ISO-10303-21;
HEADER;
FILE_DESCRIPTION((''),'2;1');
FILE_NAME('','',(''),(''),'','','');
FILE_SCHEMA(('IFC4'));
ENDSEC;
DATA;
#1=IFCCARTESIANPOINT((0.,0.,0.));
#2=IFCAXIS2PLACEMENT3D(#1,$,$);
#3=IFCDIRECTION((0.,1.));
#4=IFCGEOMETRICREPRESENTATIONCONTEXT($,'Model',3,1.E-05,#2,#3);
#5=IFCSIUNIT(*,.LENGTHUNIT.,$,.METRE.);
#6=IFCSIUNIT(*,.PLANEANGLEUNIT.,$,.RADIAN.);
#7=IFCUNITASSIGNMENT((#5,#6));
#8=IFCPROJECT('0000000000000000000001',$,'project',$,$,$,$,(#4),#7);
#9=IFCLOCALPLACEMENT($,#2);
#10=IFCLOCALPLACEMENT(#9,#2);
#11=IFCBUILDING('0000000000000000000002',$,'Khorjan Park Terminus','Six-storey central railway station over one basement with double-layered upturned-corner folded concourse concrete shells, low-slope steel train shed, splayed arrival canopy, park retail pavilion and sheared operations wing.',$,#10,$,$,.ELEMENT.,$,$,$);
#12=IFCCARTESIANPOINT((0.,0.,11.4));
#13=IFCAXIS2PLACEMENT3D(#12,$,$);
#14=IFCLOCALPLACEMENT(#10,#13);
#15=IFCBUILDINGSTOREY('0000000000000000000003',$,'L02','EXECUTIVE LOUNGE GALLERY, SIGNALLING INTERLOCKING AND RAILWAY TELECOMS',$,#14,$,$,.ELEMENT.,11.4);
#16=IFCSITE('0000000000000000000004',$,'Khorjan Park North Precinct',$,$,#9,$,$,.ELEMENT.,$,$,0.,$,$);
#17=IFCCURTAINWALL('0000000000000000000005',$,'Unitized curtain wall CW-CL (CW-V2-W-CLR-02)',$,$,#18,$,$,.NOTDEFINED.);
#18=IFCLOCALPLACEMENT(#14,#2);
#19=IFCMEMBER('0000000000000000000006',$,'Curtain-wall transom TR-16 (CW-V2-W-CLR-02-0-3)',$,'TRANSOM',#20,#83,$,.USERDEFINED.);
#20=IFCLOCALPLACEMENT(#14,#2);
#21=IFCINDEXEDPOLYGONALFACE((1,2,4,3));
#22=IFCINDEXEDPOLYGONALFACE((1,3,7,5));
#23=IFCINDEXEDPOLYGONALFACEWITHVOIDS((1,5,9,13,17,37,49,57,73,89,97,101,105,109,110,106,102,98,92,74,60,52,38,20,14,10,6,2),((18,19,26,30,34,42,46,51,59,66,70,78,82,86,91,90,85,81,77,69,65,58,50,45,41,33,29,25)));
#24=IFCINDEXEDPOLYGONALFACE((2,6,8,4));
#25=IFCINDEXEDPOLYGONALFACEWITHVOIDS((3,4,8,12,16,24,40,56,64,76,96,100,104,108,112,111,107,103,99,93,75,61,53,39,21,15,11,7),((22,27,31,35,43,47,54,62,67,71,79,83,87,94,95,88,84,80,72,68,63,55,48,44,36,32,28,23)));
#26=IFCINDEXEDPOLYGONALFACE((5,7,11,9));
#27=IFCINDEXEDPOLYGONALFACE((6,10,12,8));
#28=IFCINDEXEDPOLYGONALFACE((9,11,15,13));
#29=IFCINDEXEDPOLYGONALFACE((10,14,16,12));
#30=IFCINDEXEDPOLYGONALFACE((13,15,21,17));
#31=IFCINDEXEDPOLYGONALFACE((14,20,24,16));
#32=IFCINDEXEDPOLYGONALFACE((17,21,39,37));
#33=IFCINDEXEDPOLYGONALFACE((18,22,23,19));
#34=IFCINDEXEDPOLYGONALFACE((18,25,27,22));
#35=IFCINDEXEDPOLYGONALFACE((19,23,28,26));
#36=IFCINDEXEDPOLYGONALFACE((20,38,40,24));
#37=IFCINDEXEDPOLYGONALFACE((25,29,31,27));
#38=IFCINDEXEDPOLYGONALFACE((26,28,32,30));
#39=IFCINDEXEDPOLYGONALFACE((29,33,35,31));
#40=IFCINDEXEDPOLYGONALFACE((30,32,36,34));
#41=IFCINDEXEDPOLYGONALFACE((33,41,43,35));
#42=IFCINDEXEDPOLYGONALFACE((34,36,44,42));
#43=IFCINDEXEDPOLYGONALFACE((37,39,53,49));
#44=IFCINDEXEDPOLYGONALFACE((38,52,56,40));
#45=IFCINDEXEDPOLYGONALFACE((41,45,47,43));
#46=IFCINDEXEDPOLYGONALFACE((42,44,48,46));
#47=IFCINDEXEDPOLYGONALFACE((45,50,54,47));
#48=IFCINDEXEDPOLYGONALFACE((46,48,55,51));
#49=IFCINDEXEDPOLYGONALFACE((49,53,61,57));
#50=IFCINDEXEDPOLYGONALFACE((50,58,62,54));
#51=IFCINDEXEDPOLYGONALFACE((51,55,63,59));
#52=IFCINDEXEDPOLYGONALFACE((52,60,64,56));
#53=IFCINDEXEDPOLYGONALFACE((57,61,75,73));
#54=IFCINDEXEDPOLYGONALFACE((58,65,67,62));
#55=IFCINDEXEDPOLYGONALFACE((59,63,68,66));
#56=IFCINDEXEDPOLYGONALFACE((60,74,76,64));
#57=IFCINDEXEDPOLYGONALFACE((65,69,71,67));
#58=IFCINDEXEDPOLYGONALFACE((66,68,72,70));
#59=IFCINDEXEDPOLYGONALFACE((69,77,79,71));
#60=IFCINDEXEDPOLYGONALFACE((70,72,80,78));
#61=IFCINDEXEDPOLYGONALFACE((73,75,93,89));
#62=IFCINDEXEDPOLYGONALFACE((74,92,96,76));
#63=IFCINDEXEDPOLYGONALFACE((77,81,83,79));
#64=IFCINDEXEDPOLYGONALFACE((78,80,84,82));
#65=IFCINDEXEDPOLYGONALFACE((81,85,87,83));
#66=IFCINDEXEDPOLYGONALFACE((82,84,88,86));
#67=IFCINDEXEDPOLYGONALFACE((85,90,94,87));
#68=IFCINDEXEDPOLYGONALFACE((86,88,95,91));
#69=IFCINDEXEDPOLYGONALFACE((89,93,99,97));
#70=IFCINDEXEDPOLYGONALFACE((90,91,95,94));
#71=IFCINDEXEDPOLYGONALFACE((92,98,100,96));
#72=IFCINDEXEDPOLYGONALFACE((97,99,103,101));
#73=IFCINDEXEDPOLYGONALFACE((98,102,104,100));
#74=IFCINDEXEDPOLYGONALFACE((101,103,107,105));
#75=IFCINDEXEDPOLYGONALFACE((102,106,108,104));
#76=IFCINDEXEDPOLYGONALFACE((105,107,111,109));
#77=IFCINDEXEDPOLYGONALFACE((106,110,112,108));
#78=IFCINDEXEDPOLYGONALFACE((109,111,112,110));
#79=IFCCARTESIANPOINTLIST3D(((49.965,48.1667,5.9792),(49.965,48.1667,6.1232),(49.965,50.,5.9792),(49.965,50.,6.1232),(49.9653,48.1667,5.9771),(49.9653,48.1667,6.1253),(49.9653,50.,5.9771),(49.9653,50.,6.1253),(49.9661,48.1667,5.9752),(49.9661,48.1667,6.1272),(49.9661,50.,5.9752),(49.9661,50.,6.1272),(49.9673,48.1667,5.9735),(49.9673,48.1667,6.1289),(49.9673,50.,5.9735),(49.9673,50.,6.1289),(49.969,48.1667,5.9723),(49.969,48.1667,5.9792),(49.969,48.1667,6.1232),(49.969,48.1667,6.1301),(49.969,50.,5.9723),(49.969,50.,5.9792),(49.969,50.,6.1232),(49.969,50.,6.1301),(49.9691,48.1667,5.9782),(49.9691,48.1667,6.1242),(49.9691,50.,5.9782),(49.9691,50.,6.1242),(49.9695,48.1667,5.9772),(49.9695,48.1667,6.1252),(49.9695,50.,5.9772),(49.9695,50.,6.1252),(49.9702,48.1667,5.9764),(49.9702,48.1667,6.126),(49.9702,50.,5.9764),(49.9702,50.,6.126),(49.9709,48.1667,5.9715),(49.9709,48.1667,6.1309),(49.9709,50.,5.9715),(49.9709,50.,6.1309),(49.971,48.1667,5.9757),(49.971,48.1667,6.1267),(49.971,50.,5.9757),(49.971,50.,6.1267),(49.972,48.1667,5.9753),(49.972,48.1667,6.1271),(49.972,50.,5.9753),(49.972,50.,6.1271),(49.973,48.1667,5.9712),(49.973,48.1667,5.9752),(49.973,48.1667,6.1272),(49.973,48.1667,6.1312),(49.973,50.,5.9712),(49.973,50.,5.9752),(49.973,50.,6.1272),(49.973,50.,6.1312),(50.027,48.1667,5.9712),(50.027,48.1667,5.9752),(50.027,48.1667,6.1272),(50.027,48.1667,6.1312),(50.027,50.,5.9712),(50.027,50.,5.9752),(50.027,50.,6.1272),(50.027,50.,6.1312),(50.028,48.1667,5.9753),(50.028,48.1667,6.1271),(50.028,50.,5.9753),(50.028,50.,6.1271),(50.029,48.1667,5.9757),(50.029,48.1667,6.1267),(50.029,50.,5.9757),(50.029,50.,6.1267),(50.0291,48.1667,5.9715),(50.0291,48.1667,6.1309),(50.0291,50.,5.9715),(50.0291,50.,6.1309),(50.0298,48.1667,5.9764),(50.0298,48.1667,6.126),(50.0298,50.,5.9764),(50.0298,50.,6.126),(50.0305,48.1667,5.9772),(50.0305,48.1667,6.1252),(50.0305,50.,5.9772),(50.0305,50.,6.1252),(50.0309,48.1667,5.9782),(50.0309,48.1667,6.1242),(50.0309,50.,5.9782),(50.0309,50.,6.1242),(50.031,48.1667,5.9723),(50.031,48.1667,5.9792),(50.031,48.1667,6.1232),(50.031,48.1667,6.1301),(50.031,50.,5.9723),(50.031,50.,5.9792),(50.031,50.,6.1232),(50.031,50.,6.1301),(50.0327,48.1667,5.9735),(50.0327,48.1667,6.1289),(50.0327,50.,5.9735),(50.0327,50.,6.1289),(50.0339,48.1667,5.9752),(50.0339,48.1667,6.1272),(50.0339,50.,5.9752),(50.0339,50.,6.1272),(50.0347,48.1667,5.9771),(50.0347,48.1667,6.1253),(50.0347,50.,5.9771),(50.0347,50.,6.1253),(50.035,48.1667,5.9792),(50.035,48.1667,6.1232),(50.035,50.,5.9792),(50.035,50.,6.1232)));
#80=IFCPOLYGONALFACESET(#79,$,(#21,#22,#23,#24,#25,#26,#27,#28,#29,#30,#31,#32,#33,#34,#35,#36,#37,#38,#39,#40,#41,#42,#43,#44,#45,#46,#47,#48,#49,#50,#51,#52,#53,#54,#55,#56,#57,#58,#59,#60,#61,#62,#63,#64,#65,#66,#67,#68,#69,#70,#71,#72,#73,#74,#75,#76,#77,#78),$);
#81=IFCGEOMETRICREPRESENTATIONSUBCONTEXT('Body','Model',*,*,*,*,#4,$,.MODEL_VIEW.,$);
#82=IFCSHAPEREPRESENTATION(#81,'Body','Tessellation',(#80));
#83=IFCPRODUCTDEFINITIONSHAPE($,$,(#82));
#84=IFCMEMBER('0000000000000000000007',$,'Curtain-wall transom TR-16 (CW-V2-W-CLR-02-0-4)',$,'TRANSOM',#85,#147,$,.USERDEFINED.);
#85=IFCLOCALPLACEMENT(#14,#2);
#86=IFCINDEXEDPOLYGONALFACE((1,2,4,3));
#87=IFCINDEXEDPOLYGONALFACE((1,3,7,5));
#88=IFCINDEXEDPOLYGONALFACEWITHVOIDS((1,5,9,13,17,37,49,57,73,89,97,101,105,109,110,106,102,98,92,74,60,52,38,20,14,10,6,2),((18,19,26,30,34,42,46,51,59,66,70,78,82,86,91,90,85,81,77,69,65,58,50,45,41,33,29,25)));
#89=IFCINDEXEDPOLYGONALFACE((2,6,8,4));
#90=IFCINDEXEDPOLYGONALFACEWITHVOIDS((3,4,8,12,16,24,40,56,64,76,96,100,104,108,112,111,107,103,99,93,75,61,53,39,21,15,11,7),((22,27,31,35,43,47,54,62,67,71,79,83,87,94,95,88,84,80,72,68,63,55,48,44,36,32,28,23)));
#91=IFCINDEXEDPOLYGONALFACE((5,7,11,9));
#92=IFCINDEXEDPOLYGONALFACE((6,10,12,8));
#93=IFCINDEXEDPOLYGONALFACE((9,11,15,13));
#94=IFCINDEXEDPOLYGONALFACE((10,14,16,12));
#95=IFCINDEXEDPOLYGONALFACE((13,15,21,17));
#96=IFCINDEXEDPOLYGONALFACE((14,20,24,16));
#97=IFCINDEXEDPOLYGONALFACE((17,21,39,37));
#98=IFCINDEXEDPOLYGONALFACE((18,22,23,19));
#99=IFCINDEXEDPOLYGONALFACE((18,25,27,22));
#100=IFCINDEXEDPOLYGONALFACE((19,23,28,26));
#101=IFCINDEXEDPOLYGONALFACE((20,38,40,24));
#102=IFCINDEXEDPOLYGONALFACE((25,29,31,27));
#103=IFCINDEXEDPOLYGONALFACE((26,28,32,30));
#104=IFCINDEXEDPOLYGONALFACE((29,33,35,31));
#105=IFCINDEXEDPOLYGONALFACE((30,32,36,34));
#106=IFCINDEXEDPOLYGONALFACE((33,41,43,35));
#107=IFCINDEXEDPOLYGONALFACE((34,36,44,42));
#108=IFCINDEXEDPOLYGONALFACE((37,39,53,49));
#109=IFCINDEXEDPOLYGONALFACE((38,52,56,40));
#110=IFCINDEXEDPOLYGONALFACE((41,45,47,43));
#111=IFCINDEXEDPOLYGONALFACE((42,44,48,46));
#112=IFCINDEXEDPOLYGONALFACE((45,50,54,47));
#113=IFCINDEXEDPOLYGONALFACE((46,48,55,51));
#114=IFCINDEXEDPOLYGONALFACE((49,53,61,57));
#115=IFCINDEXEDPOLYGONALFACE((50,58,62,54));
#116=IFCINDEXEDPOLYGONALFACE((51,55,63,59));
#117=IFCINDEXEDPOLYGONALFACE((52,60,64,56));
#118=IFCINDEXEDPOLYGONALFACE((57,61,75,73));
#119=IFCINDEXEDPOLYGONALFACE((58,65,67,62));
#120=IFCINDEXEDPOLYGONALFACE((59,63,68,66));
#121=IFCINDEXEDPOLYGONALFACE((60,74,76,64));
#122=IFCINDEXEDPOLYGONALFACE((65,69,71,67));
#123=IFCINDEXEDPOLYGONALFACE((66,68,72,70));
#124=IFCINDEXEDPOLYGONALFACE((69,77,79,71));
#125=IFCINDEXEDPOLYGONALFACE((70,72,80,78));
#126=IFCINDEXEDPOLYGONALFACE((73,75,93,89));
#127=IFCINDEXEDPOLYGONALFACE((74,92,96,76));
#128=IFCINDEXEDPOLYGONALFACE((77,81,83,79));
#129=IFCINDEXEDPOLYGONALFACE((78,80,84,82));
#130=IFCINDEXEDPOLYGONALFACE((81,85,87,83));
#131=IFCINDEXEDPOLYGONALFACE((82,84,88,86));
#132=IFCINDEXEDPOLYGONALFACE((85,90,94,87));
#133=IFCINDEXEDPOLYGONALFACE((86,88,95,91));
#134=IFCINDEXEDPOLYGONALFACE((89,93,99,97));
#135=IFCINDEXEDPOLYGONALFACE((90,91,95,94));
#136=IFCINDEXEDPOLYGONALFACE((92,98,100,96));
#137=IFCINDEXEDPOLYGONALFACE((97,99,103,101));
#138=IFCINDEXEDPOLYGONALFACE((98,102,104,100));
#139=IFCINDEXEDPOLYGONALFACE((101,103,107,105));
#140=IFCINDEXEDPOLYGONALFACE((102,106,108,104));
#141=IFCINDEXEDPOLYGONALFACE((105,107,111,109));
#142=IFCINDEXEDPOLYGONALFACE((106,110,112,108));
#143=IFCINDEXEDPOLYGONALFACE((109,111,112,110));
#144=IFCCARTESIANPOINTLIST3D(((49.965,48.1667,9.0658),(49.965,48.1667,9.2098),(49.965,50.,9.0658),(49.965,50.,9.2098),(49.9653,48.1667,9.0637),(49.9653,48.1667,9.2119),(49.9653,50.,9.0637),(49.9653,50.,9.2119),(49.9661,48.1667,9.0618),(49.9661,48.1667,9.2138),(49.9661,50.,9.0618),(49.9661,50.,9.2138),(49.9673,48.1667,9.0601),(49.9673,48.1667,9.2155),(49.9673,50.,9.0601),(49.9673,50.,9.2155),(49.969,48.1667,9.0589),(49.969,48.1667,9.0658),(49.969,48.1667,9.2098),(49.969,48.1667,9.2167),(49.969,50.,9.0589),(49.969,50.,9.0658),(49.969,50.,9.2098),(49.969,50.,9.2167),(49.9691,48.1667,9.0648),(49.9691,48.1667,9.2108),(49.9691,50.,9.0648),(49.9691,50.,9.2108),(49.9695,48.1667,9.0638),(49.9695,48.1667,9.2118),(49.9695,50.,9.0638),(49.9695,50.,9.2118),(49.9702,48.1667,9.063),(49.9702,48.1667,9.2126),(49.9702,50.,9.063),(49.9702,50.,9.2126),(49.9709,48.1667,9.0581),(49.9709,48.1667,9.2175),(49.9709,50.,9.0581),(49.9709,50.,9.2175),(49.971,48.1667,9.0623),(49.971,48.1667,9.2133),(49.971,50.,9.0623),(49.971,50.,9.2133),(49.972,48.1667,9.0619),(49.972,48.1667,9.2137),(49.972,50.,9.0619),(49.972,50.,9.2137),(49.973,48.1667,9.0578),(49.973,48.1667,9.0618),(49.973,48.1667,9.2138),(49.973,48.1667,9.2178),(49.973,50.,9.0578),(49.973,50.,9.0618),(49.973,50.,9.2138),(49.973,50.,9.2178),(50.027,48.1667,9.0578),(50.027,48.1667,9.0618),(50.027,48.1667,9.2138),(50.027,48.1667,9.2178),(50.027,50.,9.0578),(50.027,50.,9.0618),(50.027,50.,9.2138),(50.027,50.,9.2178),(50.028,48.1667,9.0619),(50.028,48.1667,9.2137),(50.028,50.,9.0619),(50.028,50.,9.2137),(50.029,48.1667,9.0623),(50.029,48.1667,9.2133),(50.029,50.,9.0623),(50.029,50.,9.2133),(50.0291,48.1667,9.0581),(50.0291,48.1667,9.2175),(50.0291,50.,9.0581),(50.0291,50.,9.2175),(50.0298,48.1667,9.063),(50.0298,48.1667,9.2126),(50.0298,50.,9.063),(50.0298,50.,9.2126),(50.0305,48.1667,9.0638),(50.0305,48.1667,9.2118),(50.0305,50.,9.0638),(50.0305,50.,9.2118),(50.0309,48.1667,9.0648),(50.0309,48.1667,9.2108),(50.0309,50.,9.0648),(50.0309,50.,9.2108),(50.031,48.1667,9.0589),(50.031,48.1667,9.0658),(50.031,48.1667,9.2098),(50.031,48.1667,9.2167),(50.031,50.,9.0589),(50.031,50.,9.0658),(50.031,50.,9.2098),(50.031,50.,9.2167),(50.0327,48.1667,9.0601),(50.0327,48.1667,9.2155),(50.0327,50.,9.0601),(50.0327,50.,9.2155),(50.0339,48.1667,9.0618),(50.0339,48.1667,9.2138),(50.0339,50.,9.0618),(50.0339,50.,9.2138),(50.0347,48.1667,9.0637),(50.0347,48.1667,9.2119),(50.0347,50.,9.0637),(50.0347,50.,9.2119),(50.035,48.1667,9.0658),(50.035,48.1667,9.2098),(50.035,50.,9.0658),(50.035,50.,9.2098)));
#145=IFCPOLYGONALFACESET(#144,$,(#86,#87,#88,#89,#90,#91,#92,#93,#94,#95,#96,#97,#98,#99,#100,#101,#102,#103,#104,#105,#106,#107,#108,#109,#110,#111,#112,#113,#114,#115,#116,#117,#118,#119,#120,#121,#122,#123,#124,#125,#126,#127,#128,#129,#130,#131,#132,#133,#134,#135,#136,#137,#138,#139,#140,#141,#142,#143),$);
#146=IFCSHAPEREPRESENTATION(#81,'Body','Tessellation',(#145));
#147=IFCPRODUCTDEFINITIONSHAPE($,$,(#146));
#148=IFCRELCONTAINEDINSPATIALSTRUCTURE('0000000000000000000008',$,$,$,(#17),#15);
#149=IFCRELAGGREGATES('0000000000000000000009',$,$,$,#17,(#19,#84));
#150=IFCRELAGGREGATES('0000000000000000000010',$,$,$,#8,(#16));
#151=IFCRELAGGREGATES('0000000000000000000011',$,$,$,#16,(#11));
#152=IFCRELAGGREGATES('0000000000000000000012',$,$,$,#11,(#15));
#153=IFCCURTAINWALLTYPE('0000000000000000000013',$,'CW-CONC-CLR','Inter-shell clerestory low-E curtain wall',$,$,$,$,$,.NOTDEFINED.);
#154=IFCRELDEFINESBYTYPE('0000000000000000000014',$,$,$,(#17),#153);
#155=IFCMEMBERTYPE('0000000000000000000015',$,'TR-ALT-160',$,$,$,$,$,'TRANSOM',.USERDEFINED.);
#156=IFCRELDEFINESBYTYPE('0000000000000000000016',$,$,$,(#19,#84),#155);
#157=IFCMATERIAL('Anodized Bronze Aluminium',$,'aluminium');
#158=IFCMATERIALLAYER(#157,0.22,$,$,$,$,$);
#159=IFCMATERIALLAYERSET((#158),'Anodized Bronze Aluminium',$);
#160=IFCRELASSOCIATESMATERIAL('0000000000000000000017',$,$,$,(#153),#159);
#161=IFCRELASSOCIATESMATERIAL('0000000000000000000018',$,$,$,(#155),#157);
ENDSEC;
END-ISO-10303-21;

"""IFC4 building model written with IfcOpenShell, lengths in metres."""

from ifc_helpers import new_model, si_unit, direction, frame, origin, origin_2d, place, context, subcontext, project, spatial, hollow_rectangle, extrude, material, layer, layer_set, material_profile, profile_set, type_object, element, aggregate, save


model = new_model("IFC4")

# Units and contexts
model_context = context("Model", 3, precision=1e-05, world=origin(), true_north=direction((0.0, 1.0)))
body_context = subcontext(model_context, "Body", "Model", "MODEL_VIEW")
ifc_project = project(units=[si_unit("LENGTHUNIT", "METRE"), si_unit("PLANEANGLEUNIT", "RADIAN")], contexts=[model_context])

# Site, building, storey
site_placement = place(None, origin())
site = spatial("IfcSite", under=ifc_project, at=site_placement, Name="Khorjan Park North Precinct", CompositionType="ELEMENT", RefElevation=0.0)
building_placement = place(site_placement, origin())
building = spatial("IfcBuilding", under=site, at=building_placement, Name="Khorjan Park Terminus", Description="Six-storey central railway station over one basement with double-layered upturned-corner folded concourse concrete shells, low-slope steel train shed, splayed arrival canopy, park retail pavilion and sheared operations wing.", CompositionType="ELEMENT")
storey_placement = place(building_placement, frame((0.0, 0.0, 11.4)))
storey = spatial("IfcBuildingStorey", under=building, at=storey_placement, Name="L02", Description="EXECUTIVE LOUNGE GALLERY, SIGNALLING INTERLOCKING AND RAILWAY TELECOMS", CompositionType="ELEMENT", Elevation=11.4)

# Curtain wall, members
ifc_material_1 = material(Name="Anodized Bronze Aluminium", Category="aluminium")
ifc_layer_1 = layer(ifc_material_1, 0.22)
ifc_layer_set_1 = layer_set([ifc_layer_1], Name="Anodized Bronze Aluminium")
curtain_wall_type = type_object("IfcCurtainWallType", Name="CW-CONC-CLR", Description="Inter-shell clerestory low-E curtain wall", PredefinedType="NOTDEFINED", material=ifc_layer_set_1)
curtain_wall_placement = place(storey_placement, origin())
curtain_wall = element("IfcCurtainWall", 1, at=curtain_wall_placement, inside=storey, type_object=curtain_wall_type, Name="Unitized curtain wall CW-CL (CW-V2-W-CLR-02)", PredefinedType="NOTDEFINED")
ifc_material_profile_1 = material_profile(ifc_material_1, hollow_rectangle(XDim=0.07, YDim=0.16, WallThickness=0.004, InnerFilletRadius=0.004, OuterFilletRadius=0.008, at=origin_2d()), Name="ALT 70x160x4")
ifc_profile_set_1 = profile_set([ifc_material_profile_1], Name="Anodized Bronze Aluminium")
member_type_1 = type_object("IfcMemberType", Name="TR-ALT-160", ElementType="TRANSOM", PredefinedType="USERDEFINED", material=ifc_profile_set_1)
member_1_placement = place(storey_placement, frame((50.0, 50.0, 6.0512), z_axis=(0.0, -1.0, 0.0), x_axis=(1.0, 0.0, 0.0)))
member_1 = element("IfcMember", 2, at=member_1_placement, type_object=member_type_1, Name="Curtain-wall transom TR-16 (CW-V2-W-CLR-02-0-3)", ObjectType="TRANSOM", PredefinedType="USERDEFINED", context=body_context, shape_type="SweptSolid", body=[
    extrude(hollow_rectangle(XDim=0.07, YDim=0.16, WallThickness=0.004, InnerFilletRadius=0.004, OuterFilletRadius=0.008, at=origin_2d()), origin(), (0.0, 0.0, 1.0), 1.8333),
])
member_2_placement = place(storey_placement, frame((50.0, 50.0, 9.1378), z_axis=(0.0, -1.0, 0.0), x_axis=(1.0, 0.0, 0.0)))
member_2 = element("IfcMember", 3, at=member_2_placement, type_object=member_type_1, Name="Curtain-wall transom TR-16 (CW-V2-W-CLR-02-0-4)", ObjectType="TRANSOM", PredefinedType="USERDEFINED", context=body_context, shape_type="SweptSolid", body=[
    extrude(hollow_rectangle(XDim=0.07, YDim=0.16, WallThickness=0.004, InnerFilletRadius=0.004, OuterFilletRadius=0.008, at=origin_2d()), origin(), (0.0, 0.0, 1.0), 1.8333),
])

aggregate(curtain_wall, [member_1, member_2])

save(model, "model.ifc")
